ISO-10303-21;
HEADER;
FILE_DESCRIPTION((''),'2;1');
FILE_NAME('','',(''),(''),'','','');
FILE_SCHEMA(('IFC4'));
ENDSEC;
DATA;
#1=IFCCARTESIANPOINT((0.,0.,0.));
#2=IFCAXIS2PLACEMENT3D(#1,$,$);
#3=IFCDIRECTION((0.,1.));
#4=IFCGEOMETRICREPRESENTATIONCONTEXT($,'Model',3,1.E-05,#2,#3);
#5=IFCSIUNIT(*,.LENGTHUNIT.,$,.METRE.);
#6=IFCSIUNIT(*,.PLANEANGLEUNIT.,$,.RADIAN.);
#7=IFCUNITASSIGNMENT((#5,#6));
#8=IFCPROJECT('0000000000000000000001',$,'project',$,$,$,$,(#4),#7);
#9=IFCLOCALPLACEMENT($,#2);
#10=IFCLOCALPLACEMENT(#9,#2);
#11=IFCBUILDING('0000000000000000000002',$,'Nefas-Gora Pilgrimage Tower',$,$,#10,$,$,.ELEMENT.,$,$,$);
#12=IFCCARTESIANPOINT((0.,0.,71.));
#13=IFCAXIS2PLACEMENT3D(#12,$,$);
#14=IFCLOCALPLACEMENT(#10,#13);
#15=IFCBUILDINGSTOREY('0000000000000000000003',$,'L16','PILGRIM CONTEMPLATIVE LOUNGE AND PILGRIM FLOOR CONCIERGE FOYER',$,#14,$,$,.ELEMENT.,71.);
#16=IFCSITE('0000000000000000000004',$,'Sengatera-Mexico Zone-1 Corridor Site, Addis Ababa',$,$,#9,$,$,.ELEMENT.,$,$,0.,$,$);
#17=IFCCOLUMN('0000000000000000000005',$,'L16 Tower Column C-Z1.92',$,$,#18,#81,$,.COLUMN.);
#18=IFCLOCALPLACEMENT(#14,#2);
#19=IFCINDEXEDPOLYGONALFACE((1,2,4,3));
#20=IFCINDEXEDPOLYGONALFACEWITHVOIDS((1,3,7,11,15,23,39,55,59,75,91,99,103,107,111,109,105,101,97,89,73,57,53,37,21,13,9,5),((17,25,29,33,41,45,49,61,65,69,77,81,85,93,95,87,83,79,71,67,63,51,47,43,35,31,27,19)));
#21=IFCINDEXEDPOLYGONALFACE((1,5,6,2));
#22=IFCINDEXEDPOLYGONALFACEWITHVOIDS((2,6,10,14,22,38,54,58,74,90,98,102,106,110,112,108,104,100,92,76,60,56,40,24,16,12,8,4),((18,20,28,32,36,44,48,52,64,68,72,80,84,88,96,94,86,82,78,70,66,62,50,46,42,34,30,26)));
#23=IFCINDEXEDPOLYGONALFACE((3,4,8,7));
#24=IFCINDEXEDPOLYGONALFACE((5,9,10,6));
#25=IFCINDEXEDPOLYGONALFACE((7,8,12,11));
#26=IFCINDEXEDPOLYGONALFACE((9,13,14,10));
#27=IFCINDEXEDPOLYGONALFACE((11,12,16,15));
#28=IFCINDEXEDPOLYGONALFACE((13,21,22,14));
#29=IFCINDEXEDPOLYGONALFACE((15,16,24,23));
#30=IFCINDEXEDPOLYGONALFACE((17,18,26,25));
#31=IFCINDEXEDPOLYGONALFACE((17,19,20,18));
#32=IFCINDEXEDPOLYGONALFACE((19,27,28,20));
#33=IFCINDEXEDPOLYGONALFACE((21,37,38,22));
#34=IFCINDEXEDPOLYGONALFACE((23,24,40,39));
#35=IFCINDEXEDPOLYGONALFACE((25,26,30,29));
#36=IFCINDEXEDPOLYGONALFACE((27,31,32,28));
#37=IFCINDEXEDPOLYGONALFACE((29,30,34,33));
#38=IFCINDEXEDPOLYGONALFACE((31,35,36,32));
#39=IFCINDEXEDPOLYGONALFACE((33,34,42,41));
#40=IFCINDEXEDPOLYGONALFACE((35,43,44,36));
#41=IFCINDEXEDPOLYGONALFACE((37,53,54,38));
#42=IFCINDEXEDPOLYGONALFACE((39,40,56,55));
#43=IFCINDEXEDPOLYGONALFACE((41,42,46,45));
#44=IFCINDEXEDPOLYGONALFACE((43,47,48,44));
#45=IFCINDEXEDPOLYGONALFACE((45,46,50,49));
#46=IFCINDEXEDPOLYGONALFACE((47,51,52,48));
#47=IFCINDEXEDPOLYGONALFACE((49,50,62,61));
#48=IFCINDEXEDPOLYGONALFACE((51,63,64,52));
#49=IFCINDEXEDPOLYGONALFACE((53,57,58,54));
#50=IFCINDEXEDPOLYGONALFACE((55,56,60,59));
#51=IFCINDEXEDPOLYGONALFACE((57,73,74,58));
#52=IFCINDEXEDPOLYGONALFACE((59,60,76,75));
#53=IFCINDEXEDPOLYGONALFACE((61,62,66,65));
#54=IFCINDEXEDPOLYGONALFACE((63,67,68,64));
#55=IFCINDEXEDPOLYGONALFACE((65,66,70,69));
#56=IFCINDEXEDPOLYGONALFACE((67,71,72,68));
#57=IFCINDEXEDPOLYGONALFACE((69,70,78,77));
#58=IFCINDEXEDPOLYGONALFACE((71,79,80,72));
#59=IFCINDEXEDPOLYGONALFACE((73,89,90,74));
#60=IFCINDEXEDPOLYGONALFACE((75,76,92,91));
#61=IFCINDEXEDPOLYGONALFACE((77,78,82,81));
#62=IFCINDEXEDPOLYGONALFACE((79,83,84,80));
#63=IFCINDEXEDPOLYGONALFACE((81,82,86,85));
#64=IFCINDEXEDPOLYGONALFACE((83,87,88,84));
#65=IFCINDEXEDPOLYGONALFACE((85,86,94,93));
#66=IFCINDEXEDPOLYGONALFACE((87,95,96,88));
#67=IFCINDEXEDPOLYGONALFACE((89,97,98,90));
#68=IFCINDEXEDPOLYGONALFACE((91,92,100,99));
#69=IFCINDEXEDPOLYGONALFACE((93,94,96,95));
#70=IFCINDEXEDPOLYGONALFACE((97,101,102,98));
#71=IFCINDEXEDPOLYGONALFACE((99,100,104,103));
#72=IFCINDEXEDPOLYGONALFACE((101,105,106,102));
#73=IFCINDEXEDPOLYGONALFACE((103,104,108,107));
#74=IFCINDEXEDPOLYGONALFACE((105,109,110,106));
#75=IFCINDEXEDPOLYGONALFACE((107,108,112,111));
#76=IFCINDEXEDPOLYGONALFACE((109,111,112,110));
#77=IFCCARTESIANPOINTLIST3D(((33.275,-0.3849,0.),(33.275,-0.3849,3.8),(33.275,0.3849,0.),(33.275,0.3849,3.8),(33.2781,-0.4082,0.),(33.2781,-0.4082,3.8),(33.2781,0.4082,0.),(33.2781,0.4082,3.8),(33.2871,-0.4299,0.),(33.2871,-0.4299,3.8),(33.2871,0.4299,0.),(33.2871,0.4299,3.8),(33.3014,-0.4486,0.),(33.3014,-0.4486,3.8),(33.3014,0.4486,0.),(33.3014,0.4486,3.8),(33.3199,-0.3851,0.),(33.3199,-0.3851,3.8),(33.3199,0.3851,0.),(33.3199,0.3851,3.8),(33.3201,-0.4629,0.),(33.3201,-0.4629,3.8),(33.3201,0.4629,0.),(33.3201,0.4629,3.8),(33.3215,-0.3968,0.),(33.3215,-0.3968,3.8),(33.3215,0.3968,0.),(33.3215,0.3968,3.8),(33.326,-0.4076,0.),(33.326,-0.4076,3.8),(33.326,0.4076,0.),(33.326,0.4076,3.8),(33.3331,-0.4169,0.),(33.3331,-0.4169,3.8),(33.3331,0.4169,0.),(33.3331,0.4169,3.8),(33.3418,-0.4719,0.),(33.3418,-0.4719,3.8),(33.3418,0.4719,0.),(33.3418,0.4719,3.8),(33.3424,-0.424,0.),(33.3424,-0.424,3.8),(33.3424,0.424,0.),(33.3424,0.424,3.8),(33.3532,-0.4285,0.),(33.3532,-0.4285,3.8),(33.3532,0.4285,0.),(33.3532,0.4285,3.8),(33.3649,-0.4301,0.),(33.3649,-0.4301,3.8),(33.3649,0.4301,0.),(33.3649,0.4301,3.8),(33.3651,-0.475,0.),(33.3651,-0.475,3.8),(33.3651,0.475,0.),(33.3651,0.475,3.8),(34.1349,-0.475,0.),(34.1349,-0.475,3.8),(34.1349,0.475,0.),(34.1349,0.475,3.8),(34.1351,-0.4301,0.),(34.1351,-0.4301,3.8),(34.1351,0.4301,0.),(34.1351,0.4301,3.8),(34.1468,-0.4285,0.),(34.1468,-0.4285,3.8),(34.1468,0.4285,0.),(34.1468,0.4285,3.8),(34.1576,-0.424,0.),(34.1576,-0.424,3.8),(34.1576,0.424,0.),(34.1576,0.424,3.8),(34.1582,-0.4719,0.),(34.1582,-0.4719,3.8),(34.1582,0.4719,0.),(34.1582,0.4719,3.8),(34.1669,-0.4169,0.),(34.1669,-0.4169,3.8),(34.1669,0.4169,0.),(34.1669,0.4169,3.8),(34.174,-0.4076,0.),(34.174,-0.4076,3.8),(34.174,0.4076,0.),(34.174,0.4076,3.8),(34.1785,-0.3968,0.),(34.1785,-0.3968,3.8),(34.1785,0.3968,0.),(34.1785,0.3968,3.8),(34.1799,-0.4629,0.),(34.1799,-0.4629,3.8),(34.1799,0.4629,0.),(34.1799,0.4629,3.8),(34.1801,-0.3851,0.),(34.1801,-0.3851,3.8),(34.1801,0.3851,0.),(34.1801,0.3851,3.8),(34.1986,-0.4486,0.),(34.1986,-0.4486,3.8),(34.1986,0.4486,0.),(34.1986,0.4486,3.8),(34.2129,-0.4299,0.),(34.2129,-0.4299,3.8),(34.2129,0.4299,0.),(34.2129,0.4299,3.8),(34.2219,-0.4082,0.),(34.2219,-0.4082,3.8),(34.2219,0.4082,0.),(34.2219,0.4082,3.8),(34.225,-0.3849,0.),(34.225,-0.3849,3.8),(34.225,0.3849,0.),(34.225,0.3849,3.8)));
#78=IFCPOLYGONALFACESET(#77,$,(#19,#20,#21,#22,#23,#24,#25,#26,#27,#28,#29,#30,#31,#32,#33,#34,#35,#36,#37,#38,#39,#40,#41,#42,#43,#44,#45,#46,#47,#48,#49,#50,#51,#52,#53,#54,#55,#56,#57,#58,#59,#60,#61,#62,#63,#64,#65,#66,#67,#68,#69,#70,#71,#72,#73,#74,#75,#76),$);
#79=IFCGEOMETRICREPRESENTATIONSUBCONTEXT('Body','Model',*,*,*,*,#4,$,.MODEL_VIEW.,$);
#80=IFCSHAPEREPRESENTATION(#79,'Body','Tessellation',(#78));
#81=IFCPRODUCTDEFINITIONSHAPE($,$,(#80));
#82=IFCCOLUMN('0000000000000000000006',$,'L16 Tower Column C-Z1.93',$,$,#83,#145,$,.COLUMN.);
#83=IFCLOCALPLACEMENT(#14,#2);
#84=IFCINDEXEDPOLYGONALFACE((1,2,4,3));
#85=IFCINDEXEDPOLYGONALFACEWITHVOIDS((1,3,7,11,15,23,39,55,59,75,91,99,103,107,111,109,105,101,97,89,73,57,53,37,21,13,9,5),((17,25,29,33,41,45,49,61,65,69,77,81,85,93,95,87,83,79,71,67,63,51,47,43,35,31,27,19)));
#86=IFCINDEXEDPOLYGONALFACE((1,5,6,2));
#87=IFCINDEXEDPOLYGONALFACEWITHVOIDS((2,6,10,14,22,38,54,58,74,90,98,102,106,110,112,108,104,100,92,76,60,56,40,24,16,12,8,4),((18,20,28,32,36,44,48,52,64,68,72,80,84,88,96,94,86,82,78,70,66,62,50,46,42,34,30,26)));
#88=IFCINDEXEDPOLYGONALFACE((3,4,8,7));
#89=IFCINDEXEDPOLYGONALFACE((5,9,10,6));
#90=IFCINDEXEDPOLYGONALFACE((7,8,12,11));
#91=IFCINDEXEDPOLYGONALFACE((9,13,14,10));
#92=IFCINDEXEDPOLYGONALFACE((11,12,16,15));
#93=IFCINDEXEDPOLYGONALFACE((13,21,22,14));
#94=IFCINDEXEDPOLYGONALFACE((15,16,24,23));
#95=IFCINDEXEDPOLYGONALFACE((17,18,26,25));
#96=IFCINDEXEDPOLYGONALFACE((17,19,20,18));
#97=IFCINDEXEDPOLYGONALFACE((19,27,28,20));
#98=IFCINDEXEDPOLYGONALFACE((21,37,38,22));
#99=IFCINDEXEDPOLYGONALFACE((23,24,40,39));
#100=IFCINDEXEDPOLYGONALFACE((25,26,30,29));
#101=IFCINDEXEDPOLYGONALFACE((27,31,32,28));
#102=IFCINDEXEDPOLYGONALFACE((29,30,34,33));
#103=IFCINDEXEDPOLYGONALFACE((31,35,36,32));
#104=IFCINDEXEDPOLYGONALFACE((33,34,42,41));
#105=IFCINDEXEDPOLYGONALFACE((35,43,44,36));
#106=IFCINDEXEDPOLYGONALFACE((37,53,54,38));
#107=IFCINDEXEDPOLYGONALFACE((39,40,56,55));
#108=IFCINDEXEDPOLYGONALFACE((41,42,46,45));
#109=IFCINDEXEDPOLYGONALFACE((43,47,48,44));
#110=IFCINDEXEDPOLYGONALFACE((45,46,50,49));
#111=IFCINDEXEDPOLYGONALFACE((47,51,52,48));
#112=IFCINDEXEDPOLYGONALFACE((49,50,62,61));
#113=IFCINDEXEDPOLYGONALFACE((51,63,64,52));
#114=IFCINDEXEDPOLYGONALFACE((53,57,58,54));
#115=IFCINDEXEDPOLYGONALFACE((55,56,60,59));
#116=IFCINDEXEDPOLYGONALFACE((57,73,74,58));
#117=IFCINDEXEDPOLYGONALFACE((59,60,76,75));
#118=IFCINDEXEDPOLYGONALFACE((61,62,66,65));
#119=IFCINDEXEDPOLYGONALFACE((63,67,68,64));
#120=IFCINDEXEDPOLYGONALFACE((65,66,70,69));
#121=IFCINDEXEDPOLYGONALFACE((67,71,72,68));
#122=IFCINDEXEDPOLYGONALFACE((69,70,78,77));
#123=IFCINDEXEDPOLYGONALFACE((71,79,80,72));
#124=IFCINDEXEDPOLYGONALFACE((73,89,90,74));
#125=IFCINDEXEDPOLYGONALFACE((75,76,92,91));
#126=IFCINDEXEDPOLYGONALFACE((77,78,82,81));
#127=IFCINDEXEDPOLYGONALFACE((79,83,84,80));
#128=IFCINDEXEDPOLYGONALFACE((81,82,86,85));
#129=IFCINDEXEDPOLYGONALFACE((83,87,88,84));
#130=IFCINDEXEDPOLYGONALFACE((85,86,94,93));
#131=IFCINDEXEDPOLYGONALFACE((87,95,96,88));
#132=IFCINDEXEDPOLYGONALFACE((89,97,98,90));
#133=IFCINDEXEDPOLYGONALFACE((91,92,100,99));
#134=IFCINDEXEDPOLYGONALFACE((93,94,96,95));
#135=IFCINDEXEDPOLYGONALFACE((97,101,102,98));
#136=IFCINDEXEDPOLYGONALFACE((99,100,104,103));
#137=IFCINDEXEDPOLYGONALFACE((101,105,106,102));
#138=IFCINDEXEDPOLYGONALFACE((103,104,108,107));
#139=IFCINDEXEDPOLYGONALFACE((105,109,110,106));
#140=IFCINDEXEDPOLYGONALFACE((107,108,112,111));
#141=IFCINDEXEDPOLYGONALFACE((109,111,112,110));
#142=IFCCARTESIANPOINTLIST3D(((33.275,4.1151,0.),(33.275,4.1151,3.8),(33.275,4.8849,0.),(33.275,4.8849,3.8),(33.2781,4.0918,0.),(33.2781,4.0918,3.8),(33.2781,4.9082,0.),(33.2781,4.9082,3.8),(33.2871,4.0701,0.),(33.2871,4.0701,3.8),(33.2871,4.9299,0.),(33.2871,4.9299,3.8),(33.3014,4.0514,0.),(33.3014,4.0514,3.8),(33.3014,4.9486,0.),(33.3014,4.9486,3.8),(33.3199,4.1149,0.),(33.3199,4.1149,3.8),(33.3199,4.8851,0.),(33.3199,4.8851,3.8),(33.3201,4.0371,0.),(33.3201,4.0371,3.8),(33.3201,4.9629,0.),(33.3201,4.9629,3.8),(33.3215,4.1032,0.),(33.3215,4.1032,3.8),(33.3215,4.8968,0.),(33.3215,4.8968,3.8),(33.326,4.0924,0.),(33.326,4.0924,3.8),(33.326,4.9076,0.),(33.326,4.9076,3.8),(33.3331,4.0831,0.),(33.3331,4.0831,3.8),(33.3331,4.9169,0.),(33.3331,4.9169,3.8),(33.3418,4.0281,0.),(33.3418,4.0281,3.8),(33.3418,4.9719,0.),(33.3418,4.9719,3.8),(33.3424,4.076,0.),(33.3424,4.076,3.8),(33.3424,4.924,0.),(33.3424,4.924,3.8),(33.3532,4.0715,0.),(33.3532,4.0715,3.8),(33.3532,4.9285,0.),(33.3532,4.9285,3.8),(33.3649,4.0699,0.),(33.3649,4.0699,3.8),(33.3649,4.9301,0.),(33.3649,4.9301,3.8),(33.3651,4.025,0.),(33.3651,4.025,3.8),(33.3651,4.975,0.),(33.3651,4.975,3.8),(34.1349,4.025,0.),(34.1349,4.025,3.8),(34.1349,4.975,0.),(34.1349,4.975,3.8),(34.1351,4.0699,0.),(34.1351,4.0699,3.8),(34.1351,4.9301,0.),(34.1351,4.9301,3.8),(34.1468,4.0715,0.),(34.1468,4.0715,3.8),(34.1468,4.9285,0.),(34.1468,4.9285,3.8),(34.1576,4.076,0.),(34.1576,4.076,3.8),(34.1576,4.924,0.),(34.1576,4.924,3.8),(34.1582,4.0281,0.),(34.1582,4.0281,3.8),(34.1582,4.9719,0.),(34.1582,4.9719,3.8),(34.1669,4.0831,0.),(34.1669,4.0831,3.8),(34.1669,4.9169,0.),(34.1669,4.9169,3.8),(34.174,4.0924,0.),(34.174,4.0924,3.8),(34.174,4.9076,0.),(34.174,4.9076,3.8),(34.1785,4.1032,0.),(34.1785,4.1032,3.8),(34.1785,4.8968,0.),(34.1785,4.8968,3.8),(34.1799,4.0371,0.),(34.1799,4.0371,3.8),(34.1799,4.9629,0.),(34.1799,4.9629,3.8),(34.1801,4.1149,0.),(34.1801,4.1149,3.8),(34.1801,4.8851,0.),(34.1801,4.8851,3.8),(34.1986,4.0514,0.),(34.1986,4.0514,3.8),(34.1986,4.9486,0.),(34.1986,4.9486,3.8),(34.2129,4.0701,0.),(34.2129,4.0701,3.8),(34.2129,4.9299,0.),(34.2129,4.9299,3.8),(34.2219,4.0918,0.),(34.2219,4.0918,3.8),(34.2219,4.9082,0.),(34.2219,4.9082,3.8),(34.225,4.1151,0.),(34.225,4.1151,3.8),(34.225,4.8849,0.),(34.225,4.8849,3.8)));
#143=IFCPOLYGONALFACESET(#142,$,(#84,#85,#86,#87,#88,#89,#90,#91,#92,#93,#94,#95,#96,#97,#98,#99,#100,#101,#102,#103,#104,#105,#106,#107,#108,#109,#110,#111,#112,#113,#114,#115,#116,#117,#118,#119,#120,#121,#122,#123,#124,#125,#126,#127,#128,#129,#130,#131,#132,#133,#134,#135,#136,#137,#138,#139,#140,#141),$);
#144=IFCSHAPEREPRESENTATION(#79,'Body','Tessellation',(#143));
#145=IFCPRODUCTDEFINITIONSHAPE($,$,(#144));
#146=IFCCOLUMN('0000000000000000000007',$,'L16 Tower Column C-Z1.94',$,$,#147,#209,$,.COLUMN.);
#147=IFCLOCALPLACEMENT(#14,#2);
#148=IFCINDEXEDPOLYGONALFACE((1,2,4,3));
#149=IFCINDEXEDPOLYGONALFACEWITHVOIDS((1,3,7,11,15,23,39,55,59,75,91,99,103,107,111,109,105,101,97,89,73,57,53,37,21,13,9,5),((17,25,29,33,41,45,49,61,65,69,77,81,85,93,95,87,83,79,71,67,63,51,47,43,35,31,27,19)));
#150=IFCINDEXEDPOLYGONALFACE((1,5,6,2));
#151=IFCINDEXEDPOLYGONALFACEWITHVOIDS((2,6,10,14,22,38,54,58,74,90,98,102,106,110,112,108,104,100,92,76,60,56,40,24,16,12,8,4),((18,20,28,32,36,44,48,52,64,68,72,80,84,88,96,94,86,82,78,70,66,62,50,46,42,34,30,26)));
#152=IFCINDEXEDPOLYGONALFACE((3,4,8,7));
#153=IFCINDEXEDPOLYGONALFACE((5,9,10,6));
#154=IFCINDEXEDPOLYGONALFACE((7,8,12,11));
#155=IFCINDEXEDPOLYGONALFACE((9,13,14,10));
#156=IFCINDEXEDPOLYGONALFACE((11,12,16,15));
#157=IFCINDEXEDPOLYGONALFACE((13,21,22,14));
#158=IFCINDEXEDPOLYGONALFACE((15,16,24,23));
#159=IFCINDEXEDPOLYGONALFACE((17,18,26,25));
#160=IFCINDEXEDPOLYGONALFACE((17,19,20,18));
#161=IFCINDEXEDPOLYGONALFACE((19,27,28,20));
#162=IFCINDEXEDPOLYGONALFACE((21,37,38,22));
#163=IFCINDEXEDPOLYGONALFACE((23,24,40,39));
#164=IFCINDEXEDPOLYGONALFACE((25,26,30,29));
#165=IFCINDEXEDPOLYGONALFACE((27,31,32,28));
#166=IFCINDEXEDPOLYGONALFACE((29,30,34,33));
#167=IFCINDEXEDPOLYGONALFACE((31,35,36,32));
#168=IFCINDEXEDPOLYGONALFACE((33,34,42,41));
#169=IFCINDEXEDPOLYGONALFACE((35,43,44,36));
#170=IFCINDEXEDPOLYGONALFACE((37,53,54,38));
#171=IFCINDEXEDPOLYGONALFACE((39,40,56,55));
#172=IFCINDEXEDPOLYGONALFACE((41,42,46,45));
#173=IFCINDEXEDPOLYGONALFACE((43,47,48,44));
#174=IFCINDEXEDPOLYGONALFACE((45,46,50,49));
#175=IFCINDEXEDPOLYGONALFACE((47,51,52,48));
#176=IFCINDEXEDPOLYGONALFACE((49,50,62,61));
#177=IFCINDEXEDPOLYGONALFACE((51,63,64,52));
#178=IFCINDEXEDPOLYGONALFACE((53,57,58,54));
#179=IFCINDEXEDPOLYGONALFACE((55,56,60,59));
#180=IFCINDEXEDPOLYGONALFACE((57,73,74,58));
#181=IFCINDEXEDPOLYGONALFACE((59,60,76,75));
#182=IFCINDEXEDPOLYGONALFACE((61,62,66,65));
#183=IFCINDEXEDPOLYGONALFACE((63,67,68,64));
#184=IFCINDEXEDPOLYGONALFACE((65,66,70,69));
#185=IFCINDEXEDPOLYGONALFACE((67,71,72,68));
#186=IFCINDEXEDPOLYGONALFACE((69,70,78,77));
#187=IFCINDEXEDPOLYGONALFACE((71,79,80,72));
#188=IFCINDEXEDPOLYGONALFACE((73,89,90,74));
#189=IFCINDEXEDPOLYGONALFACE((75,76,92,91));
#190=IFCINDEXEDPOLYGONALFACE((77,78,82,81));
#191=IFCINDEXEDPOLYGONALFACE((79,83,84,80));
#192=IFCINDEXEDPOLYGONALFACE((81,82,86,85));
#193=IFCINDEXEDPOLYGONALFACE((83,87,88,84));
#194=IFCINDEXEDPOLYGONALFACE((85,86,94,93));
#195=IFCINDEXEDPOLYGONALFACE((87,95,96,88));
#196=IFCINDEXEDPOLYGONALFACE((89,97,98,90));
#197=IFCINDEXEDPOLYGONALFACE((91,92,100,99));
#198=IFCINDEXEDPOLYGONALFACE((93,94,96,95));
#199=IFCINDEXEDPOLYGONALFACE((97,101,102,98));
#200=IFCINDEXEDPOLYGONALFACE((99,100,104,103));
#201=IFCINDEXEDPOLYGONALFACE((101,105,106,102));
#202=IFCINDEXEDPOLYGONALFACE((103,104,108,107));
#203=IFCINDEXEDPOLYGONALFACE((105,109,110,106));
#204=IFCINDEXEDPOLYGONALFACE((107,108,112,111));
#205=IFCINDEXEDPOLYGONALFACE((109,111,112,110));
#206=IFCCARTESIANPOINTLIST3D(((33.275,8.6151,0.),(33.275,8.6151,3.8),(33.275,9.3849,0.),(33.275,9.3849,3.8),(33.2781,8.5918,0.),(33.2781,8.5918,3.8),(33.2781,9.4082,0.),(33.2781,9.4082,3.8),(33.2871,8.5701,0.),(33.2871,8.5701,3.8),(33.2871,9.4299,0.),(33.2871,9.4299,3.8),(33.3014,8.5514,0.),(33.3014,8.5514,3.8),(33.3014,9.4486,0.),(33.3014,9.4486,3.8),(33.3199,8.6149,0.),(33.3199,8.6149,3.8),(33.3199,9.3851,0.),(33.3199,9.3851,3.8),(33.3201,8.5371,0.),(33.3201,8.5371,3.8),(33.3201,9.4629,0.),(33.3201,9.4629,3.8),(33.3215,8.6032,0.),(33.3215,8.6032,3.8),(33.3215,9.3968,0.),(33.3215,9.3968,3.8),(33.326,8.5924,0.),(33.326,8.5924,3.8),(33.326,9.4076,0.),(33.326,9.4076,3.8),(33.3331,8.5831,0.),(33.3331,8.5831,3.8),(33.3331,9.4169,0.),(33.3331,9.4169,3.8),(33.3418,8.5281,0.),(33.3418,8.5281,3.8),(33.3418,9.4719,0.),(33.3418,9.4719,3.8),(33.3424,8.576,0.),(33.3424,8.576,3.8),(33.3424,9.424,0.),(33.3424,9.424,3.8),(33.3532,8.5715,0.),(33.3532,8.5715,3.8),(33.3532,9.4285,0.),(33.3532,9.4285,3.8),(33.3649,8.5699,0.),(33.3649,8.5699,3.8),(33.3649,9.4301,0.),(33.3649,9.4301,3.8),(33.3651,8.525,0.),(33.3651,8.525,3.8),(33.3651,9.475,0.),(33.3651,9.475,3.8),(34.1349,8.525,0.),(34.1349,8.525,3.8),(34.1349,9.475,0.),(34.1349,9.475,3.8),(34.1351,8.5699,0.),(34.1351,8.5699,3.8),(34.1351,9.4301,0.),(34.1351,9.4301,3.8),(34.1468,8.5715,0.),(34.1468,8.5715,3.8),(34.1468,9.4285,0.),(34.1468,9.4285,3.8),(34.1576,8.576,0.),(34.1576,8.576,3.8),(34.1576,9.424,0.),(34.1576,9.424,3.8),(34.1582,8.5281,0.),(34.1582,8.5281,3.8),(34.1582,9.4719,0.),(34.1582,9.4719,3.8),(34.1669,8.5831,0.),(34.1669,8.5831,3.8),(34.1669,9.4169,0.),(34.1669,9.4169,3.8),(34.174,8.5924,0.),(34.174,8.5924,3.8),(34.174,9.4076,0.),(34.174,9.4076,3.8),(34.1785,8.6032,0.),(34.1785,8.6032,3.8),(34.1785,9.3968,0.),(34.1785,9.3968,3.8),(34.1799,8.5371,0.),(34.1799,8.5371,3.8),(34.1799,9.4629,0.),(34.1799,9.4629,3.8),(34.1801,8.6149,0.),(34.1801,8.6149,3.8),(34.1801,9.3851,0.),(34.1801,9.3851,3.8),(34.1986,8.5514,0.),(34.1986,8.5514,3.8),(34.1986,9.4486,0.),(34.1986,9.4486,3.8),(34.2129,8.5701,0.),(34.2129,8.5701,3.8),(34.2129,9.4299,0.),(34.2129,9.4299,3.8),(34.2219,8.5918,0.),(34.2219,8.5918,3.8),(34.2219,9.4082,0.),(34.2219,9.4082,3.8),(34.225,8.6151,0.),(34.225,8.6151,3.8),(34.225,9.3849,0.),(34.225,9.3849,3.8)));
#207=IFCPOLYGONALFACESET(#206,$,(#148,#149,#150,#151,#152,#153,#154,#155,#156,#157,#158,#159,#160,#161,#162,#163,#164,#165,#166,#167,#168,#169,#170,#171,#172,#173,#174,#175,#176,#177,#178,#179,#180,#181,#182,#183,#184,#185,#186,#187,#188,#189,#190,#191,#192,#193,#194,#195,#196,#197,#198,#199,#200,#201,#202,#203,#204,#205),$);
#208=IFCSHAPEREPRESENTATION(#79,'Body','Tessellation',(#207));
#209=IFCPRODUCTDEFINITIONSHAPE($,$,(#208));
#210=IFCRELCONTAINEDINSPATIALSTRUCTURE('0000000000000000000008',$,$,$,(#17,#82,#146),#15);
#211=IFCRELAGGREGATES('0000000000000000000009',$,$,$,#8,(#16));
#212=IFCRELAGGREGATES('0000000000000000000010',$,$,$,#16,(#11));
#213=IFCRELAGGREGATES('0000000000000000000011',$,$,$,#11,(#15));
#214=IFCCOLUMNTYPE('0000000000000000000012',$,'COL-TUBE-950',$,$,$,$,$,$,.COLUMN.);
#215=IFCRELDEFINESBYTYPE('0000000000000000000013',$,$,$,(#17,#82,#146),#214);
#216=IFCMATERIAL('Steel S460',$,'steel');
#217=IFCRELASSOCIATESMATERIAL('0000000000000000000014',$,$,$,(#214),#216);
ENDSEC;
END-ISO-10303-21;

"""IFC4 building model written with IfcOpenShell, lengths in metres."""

from ifc_helpers import new_model, si_unit, direction, frame, origin, origin_2d, place, context, subcontext, project, spatial, hollow_rectangle, extrude, source, transform, mapped, material, material_profile, profile_set, type_object, element, save


model = new_model("IFC4")

# Units and contexts
model_context = context("Model", 3, precision=1e-05, world=origin(), true_north=direction((0.0, 1.0)))
body_context = subcontext(model_context, "Body", "Model", "MODEL_VIEW")
ifc_project = project(units=[si_unit("LENGTHUNIT", "METRE"), si_unit("PLANEANGLEUNIT", "RADIAN")], contexts=[model_context])

# Site, building, storey
site_placement = place(None, origin())
site = spatial("IfcSite", under=ifc_project, at=site_placement, Name="Sengatera-Mexico Zone-1 Corridor Site, Addis Ababa", CompositionType="ELEMENT", RefElevation=0.0)
building_placement = place(site_placement, origin())
building = spatial("IfcBuilding", under=site, at=building_placement, Name="Nefas-Gora Pilgrimage Tower", CompositionType="ELEMENT")
storey_placement = place(building_placement, frame((0.0, 0.0, 71.0)))
storey = spatial("IfcBuildingStorey", under=building, at=storey_placement, Name="L16", Description="PILGRIM CONTEMPLATIVE LOUNGE AND PILGRIM FLOOR CONCIERGE FOYER", CompositionType="ELEMENT", Elevation=71.0)

# Columns
ifc_material_1 = material(Name="Steel S460", Category="steel")
ifc_material_profile_1 = material_profile(ifc_material_1, hollow_rectangle(XDim=0.95, YDim=0.95, WallThickness=0.0449, InnerFilletRadius=0.0449, OuterFilletRadius=0.0901, at=origin_2d()), Name="BOX 950x950x45")
ifc_profile_set_1 = profile_set([ifc_material_profile_1], Name="Steel S460")
column_type_1 = type_object("IfcColumnType", Name="COL-TUBE-950", PredefinedType="COLUMN", material=ifc_profile_set_1)
shared_shape_1 = source(origin(), body_context, "Body", "SweptSolid", [
    extrude(hollow_rectangle(XDim=0.95, YDim=0.95, WallThickness=0.0449, InnerFilletRadius=0.0449, OuterFilletRadius=0.0901, at=origin_2d()), origin(), (0.0, 0.0, 1.0), 3.8),
])
for number, where, z_axis, x_axis, name in (
    (1, (33.75, 0.0, 0.0), (0.0, 0.0, 1.0), (1.0, 0.0, 0.0), "L16 Tower Column C-Z1.92"),
    (2, (33.75, 4.5, 0.0), (0.0, 0.0, 1.0), (1.0, 0.0, 0.0), "L16 Tower Column C-Z1.93"),
    (3, (33.75, 9.0, 0.0), (0.0, 0.0, 1.0), (1.0, 0.0, 0.0), "L16 Tower Column C-Z1.94"),
):
    element("IfcColumn", number, at=place(storey_placement, frame(where, z_axis=z_axis, x_axis=x_axis)), inside=storey, type_object=column_type_1, Name=name, PredefinedType="COLUMN", context=body_context, shape_type="MappedRepresentation", body=[
        mapped(shared_shape_1, transform((0.0, 0.0, 0.0), x_axis=(1.0, 0.0, 0.0), y_axis=(0.0, 1.0, 0.0), z_axis=(0.0, 0.0, 1.0), scale=1.0)),
    ])

save(model, "model.ifc")
